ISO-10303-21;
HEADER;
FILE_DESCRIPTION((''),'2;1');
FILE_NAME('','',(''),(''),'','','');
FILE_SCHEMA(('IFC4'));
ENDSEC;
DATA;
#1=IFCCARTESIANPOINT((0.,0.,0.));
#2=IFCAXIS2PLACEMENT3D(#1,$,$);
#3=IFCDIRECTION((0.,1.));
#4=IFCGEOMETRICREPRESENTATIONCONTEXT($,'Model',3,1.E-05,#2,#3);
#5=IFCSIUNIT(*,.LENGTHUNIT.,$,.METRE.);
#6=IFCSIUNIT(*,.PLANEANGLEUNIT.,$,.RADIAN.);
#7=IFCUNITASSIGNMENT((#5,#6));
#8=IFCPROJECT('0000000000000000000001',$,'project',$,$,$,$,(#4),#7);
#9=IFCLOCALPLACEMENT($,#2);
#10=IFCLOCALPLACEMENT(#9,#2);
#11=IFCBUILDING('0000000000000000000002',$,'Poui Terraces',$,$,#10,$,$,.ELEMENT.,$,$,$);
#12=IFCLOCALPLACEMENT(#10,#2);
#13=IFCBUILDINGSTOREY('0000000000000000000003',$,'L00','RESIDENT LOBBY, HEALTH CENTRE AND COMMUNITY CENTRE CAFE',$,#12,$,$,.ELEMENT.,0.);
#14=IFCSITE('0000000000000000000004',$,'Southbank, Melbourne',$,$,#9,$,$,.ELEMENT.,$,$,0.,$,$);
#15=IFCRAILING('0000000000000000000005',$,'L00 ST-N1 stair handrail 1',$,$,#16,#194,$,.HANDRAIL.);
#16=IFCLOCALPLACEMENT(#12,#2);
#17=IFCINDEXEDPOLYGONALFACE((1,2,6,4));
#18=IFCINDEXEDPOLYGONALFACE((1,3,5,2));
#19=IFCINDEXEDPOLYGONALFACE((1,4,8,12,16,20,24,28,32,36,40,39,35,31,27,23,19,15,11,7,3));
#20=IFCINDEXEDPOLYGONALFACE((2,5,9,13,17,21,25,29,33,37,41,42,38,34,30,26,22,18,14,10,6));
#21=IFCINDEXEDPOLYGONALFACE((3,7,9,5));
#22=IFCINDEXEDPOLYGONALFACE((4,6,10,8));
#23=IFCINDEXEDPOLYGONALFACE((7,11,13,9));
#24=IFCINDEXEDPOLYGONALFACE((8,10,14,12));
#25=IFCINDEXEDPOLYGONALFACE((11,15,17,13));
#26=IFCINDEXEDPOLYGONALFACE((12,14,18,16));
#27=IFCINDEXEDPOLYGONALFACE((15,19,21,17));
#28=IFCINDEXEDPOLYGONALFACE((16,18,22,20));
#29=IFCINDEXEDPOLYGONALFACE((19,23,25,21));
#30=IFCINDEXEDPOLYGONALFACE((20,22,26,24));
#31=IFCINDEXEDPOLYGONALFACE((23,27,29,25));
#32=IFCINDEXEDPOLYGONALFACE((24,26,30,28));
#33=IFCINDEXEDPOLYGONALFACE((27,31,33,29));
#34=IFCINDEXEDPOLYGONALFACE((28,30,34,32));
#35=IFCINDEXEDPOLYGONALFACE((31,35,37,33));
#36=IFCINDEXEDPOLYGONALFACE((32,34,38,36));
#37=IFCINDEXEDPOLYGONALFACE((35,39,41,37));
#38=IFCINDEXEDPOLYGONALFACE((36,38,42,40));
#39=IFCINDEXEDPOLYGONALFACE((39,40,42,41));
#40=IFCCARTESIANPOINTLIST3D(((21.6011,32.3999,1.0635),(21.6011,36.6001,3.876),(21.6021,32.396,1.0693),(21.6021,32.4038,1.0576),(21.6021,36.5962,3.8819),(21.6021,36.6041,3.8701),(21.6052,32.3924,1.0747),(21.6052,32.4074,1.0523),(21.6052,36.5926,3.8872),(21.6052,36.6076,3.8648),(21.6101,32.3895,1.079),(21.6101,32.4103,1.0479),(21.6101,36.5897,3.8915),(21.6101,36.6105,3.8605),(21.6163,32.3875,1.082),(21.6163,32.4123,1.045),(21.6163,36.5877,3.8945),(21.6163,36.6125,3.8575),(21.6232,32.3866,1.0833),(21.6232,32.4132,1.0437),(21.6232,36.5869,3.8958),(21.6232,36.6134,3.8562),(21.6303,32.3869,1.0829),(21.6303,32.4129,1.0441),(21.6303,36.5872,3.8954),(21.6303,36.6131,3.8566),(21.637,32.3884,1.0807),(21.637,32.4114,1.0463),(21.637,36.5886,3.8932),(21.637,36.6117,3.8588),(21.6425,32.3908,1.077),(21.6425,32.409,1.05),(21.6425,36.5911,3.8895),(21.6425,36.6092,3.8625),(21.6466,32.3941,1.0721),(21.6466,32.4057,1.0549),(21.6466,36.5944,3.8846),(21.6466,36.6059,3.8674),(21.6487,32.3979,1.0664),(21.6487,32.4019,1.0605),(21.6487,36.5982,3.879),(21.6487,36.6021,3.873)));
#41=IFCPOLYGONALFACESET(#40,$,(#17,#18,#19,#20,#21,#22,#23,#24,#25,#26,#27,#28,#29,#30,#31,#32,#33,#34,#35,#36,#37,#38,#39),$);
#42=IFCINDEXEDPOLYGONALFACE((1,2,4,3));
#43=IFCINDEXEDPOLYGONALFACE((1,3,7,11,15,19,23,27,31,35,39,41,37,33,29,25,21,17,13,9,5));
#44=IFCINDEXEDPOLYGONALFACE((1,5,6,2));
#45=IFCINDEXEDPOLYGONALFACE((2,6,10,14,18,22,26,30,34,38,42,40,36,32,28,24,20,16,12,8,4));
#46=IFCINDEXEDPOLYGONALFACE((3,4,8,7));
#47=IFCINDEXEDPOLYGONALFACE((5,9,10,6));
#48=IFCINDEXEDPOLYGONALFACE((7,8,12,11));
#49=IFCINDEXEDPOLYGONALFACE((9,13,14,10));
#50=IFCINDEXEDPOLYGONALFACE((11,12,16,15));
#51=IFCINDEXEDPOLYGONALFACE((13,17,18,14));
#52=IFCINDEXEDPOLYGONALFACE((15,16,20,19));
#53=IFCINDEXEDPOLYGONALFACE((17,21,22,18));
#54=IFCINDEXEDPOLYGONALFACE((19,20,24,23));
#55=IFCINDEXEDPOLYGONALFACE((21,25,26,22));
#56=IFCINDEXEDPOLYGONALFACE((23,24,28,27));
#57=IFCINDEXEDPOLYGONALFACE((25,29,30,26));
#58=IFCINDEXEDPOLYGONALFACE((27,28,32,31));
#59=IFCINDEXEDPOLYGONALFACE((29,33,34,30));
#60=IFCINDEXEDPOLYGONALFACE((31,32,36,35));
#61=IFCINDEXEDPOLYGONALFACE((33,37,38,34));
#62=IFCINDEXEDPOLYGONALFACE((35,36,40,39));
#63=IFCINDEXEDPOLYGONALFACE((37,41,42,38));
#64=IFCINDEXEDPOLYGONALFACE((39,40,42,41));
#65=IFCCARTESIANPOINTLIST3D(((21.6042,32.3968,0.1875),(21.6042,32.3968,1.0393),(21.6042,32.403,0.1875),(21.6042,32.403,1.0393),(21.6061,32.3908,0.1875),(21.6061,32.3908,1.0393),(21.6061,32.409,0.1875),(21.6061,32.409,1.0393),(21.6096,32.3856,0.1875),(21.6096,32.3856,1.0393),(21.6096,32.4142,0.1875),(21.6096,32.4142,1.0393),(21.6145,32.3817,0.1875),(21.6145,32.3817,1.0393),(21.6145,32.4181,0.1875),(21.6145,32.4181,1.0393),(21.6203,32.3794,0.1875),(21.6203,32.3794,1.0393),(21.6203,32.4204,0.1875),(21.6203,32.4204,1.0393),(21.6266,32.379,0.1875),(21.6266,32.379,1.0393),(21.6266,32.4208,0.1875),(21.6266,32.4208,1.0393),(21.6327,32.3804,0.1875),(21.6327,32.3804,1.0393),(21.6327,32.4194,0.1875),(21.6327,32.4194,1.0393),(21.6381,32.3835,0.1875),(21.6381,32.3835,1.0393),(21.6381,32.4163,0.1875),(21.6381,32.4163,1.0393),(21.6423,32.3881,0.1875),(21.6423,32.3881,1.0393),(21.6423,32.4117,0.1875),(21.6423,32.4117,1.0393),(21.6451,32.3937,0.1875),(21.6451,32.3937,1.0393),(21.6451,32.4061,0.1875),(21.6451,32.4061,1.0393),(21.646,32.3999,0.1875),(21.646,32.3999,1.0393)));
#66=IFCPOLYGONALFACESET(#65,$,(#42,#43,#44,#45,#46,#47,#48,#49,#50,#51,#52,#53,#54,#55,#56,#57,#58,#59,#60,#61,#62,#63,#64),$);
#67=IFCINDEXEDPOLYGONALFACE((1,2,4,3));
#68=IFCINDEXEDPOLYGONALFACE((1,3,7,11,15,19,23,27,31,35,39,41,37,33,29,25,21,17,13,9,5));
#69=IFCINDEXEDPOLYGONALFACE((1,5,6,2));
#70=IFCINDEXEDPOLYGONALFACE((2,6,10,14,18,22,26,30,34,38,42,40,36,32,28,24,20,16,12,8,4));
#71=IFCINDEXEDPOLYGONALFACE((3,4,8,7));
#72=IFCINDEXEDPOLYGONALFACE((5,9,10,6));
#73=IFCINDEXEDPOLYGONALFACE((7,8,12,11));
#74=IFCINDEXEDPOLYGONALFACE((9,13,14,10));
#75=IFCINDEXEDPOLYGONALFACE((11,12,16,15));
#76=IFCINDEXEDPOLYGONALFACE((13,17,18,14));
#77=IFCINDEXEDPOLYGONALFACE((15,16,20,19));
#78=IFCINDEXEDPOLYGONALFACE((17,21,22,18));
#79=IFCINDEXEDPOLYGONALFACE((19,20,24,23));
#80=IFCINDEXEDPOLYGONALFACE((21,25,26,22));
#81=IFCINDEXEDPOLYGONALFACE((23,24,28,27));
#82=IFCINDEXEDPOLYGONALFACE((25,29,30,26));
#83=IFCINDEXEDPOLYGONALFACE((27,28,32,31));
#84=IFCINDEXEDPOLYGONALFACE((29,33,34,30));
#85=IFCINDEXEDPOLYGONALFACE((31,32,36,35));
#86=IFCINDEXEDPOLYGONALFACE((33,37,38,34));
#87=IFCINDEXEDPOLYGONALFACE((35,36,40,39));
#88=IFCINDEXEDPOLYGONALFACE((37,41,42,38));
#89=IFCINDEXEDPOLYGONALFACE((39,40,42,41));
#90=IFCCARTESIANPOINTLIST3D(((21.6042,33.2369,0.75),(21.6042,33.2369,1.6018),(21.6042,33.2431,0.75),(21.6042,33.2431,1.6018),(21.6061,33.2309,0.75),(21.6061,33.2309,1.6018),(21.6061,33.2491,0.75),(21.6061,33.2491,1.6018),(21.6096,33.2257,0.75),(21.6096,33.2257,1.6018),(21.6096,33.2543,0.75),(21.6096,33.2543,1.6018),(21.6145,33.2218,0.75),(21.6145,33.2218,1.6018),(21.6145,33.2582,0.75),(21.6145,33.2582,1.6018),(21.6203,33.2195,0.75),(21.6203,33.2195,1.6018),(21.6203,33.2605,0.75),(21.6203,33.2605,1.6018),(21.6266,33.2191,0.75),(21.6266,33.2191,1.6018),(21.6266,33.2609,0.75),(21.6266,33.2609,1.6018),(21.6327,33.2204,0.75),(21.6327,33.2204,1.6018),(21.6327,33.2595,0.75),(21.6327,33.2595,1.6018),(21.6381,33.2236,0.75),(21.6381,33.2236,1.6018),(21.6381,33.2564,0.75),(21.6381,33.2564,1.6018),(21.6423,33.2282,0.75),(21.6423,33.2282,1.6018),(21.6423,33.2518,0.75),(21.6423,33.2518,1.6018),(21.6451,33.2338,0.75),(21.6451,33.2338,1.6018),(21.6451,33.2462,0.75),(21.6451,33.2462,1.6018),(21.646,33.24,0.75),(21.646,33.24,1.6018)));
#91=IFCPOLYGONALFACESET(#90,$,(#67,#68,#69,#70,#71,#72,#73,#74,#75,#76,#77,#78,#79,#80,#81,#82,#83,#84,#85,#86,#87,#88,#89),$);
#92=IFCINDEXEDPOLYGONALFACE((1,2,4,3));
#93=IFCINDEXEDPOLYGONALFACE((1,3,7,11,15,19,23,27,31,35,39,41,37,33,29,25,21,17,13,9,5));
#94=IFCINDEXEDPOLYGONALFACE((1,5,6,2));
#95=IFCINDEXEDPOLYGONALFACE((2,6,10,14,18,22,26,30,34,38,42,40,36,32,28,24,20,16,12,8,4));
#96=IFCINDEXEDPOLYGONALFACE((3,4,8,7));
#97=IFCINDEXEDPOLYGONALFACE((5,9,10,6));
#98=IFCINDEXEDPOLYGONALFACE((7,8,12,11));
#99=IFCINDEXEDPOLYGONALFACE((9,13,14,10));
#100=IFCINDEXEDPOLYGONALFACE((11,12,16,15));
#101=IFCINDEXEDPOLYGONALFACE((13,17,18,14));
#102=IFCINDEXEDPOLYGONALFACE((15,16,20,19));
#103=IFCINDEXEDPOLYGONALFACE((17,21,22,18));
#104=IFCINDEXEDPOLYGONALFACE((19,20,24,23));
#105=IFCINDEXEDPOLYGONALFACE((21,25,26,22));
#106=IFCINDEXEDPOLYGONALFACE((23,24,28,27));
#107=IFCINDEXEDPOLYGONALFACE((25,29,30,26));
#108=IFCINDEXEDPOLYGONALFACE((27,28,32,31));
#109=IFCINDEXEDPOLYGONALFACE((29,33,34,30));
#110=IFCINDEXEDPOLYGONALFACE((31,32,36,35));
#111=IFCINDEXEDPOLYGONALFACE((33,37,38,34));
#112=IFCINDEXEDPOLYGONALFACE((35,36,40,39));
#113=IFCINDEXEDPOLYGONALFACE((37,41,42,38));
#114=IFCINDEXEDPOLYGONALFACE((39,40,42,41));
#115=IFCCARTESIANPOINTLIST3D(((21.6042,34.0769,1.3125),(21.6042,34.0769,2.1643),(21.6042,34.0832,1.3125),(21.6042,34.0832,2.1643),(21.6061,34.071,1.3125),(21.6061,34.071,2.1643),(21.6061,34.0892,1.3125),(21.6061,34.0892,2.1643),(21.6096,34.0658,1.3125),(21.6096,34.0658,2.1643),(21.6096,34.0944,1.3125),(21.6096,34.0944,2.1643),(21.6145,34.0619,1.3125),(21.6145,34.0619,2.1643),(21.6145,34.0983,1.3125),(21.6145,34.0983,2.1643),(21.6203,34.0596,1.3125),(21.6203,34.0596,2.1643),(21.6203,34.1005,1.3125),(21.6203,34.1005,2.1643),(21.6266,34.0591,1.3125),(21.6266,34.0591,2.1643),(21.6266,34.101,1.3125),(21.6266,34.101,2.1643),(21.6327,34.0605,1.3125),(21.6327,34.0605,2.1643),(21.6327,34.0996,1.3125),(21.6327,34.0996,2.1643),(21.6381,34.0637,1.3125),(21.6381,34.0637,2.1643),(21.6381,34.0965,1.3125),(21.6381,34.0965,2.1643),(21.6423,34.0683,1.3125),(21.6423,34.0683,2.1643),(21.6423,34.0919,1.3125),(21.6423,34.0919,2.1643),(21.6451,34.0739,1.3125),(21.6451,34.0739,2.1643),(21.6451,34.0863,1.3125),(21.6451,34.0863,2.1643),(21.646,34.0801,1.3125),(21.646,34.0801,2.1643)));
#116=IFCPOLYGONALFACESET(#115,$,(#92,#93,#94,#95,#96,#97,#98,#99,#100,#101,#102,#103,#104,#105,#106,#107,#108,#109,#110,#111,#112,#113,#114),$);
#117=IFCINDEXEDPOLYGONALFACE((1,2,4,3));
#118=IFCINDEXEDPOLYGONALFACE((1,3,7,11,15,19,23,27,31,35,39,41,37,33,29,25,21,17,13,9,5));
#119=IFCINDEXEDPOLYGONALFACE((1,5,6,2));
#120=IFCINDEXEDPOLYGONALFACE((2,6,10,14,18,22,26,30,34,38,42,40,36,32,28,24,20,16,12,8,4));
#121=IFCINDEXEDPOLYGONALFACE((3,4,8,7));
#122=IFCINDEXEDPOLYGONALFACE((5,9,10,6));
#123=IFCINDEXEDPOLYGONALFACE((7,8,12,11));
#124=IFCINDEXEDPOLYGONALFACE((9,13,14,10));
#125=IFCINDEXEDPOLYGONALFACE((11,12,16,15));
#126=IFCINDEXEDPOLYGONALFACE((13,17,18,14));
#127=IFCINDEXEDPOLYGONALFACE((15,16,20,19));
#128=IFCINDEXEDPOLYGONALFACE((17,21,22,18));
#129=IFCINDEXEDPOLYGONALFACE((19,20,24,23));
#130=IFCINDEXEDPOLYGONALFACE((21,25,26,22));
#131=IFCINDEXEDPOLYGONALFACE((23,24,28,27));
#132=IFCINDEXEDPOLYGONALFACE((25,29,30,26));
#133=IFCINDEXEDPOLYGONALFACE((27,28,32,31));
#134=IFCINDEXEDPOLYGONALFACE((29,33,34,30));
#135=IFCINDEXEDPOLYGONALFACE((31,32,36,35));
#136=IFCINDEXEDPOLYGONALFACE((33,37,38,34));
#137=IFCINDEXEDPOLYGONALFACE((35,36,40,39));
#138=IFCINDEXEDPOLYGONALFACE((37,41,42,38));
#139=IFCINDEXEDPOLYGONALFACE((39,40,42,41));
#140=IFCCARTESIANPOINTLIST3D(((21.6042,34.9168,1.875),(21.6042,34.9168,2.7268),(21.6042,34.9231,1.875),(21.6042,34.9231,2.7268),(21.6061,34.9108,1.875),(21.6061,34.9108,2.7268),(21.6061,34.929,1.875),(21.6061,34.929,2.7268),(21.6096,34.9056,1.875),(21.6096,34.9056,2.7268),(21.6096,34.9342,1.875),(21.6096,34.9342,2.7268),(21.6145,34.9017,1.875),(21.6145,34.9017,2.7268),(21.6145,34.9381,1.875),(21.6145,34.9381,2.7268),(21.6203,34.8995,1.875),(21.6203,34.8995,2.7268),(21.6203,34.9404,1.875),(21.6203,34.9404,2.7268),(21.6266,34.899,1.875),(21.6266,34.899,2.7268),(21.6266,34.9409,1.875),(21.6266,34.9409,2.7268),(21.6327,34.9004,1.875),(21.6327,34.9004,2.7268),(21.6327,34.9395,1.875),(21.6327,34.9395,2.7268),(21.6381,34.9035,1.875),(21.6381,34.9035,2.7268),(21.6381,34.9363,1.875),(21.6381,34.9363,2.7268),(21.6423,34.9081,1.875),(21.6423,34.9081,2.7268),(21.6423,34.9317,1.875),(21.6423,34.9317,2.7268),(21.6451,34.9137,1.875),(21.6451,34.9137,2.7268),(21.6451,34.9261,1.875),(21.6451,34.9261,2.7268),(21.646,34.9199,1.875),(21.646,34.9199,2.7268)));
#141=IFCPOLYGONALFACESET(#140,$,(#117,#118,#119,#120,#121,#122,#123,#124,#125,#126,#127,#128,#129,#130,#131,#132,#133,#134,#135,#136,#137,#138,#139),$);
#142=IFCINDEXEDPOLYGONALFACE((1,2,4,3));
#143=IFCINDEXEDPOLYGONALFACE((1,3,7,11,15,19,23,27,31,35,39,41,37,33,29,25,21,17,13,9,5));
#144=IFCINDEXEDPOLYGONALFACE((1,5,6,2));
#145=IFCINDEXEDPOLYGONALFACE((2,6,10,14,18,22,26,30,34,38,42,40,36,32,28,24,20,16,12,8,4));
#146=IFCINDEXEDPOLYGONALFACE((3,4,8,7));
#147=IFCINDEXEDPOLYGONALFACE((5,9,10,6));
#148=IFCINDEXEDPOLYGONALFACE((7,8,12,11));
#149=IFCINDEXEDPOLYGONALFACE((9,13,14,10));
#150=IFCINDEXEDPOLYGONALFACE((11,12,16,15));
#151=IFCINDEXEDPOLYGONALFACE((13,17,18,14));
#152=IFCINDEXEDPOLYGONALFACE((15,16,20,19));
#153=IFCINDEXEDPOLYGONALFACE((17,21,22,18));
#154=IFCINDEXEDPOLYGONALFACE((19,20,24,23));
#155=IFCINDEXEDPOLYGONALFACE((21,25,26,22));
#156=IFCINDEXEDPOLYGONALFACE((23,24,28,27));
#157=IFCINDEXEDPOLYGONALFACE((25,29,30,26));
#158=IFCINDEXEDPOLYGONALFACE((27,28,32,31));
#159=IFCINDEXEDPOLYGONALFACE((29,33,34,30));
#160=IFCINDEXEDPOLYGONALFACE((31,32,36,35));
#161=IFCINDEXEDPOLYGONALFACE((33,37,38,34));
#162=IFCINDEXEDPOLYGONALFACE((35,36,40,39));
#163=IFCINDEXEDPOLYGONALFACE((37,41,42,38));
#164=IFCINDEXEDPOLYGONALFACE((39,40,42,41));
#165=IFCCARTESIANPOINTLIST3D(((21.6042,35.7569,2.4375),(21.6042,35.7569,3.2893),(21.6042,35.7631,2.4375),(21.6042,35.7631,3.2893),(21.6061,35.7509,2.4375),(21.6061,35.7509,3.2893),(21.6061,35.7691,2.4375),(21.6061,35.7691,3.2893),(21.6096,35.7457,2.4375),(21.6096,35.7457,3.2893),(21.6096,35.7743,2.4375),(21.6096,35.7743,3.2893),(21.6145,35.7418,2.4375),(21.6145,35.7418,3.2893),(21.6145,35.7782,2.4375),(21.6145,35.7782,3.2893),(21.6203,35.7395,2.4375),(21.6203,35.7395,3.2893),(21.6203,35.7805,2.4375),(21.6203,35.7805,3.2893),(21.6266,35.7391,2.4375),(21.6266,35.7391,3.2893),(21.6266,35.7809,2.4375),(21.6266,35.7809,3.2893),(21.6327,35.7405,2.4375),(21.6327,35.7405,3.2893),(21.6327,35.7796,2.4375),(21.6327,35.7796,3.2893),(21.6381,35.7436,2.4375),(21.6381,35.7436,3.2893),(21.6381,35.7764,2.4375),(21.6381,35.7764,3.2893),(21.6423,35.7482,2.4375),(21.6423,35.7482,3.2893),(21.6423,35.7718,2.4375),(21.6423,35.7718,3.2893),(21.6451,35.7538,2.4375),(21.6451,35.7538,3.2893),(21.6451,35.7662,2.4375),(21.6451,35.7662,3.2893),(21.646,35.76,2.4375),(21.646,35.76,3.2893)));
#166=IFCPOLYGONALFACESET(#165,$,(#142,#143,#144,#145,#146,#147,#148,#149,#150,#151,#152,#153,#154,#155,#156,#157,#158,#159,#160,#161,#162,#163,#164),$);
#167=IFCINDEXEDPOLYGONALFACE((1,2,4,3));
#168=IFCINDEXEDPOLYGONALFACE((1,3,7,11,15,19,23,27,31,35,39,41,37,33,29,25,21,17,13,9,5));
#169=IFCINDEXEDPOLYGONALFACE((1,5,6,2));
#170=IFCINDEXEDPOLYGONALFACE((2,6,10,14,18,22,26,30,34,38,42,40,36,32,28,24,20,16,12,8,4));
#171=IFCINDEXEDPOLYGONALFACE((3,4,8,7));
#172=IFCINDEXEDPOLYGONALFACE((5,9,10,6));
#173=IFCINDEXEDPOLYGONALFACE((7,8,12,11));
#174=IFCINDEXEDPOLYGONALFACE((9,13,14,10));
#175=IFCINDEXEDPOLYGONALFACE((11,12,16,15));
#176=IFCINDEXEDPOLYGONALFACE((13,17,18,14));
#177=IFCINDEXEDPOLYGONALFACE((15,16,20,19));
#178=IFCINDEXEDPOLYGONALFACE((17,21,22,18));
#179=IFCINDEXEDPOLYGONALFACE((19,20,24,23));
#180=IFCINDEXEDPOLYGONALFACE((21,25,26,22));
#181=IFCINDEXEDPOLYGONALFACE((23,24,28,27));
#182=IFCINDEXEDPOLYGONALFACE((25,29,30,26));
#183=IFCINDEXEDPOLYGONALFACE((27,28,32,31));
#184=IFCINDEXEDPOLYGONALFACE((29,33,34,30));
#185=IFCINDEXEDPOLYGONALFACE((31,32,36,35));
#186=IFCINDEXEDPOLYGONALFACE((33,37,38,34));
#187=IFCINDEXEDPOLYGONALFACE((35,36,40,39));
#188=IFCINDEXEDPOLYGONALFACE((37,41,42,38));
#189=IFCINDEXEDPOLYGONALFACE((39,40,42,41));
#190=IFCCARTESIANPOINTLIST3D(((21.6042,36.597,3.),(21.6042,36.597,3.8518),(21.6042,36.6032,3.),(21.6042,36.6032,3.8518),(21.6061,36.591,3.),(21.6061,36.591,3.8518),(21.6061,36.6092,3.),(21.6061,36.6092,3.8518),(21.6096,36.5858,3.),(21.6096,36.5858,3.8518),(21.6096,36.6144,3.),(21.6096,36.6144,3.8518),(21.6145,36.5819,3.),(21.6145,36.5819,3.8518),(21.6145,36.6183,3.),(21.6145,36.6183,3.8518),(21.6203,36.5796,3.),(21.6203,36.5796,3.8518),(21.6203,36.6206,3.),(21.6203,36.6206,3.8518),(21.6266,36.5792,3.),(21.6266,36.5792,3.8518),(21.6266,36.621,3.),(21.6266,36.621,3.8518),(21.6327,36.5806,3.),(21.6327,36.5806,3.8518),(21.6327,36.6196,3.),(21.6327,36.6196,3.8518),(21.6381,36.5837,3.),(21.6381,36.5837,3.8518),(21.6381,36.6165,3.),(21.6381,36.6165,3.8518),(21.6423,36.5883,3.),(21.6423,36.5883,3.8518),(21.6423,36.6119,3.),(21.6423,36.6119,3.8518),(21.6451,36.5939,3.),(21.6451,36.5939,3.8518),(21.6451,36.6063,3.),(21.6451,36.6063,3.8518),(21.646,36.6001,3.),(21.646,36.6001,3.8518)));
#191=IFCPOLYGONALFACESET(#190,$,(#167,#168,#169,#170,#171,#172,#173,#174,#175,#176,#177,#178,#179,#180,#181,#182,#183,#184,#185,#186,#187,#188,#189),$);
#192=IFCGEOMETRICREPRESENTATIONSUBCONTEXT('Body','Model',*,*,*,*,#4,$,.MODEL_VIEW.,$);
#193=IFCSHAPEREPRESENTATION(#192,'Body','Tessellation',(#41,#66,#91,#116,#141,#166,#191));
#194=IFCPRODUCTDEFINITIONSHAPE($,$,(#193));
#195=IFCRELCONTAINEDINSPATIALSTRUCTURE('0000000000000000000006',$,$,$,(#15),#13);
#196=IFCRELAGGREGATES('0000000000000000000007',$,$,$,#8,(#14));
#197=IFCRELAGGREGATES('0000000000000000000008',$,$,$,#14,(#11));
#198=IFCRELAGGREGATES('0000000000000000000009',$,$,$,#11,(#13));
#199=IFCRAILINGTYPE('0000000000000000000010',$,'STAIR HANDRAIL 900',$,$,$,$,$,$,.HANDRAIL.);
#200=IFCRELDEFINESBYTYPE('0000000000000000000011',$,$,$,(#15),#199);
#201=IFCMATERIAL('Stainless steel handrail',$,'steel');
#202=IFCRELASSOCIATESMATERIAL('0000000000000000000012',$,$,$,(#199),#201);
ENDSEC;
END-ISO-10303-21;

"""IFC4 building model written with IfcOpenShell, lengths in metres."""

from ifc_helpers import new_model, si_unit, direction, frame, origin, origin_2d, place, context, subcontext, project, spatial, circle, extrude, material, type_object, element, save


model = new_model("IFC4")

# Units and contexts
model_context = context("Model", 3, precision=1e-05, world=origin(), true_north=direction((0.0, 1.0)))
body_context = subcontext(model_context, "Body", "Model", "MODEL_VIEW")
ifc_project = project(units=[si_unit("LENGTHUNIT", "METRE"), si_unit("PLANEANGLEUNIT", "RADIAN")], contexts=[model_context])

# Site, building, storey
site_placement = place(None, origin())
site = spatial("IfcSite", under=ifc_project, at=site_placement, Name="Southbank, Melbourne", CompositionType="ELEMENT", RefElevation=0.0)
building_placement = place(site_placement, origin())
building = spatial("IfcBuilding", under=site, at=building_placement, Name="Poui Terraces", CompositionType="ELEMENT")
storey_placement = place(building_placement, origin())
storey = spatial("IfcBuildingStorey", under=building, at=storey_placement, Name="L00", Description="RESIDENT LOBBY, HEALTH CENTRE AND COMMUNITY CENTRE CAFE", CompositionType="ELEMENT", Elevation=0.0)

# Railing
ifc_material_1 = material(Name="Stainless steel handrail", Category="steel")
railing_type_1 = type_object("IfcRailingType", Name="STAIR HANDRAIL 900", PredefinedType="HANDRAIL", material=ifc_material_1)
railing_1_placement = place(storey_placement, frame((21.625, 32.3999, 0.1875)))
element("IfcRailing", 1, at=railing_1_placement, inside=storey, type_object=railing_type_1, Name="L00 ST-N1 stair handrail 1", PredefinedType="HANDRAIL", context=body_context, shape_type="SweptSolid", body=[
    extrude(circle(Radius=0.0239, at=origin_2d()), frame((0.0, 0.0, 0.876), z_axis=(0.0, 0.830919, 0.556393), x_axis=(-1.0, 0.0, 0.0)), (0.0, 0.0, 1.0), 5.0549),
    extrude(circle(Radius=0.021, at=origin_2d()), origin(), (0.0, 0.0, 1.0), 0.8518),
    extrude(circle(Radius=0.021, at=origin_2d()), frame((0.0, 0.8401, 0.5625)), (0.0, 0.0, 1.0), 0.8518),
    extrude(circle(Radius=0.021, at=origin_2d()), frame((0.0, 1.6802, 1.125)), (0.0, 0.0, 1.0), 0.8518),
    extrude(circle(Radius=0.021, at=origin_2d()), frame((0.0, 2.52, 1.6875)), (0.0, 0.0, 1.0), 0.8518),
    extrude(circle(Radius=0.021, at=origin_2d()), frame((0.0, 3.3601, 2.25)), (0.0, 0.0, 1.0), 0.8518),
    extrude(circle(Radius=0.021, at=origin_2d()), frame((0.0, 4.2002, 2.8125)), (0.0, 0.0, 1.0), 0.8518),
])

save(model, "model.ifc")
